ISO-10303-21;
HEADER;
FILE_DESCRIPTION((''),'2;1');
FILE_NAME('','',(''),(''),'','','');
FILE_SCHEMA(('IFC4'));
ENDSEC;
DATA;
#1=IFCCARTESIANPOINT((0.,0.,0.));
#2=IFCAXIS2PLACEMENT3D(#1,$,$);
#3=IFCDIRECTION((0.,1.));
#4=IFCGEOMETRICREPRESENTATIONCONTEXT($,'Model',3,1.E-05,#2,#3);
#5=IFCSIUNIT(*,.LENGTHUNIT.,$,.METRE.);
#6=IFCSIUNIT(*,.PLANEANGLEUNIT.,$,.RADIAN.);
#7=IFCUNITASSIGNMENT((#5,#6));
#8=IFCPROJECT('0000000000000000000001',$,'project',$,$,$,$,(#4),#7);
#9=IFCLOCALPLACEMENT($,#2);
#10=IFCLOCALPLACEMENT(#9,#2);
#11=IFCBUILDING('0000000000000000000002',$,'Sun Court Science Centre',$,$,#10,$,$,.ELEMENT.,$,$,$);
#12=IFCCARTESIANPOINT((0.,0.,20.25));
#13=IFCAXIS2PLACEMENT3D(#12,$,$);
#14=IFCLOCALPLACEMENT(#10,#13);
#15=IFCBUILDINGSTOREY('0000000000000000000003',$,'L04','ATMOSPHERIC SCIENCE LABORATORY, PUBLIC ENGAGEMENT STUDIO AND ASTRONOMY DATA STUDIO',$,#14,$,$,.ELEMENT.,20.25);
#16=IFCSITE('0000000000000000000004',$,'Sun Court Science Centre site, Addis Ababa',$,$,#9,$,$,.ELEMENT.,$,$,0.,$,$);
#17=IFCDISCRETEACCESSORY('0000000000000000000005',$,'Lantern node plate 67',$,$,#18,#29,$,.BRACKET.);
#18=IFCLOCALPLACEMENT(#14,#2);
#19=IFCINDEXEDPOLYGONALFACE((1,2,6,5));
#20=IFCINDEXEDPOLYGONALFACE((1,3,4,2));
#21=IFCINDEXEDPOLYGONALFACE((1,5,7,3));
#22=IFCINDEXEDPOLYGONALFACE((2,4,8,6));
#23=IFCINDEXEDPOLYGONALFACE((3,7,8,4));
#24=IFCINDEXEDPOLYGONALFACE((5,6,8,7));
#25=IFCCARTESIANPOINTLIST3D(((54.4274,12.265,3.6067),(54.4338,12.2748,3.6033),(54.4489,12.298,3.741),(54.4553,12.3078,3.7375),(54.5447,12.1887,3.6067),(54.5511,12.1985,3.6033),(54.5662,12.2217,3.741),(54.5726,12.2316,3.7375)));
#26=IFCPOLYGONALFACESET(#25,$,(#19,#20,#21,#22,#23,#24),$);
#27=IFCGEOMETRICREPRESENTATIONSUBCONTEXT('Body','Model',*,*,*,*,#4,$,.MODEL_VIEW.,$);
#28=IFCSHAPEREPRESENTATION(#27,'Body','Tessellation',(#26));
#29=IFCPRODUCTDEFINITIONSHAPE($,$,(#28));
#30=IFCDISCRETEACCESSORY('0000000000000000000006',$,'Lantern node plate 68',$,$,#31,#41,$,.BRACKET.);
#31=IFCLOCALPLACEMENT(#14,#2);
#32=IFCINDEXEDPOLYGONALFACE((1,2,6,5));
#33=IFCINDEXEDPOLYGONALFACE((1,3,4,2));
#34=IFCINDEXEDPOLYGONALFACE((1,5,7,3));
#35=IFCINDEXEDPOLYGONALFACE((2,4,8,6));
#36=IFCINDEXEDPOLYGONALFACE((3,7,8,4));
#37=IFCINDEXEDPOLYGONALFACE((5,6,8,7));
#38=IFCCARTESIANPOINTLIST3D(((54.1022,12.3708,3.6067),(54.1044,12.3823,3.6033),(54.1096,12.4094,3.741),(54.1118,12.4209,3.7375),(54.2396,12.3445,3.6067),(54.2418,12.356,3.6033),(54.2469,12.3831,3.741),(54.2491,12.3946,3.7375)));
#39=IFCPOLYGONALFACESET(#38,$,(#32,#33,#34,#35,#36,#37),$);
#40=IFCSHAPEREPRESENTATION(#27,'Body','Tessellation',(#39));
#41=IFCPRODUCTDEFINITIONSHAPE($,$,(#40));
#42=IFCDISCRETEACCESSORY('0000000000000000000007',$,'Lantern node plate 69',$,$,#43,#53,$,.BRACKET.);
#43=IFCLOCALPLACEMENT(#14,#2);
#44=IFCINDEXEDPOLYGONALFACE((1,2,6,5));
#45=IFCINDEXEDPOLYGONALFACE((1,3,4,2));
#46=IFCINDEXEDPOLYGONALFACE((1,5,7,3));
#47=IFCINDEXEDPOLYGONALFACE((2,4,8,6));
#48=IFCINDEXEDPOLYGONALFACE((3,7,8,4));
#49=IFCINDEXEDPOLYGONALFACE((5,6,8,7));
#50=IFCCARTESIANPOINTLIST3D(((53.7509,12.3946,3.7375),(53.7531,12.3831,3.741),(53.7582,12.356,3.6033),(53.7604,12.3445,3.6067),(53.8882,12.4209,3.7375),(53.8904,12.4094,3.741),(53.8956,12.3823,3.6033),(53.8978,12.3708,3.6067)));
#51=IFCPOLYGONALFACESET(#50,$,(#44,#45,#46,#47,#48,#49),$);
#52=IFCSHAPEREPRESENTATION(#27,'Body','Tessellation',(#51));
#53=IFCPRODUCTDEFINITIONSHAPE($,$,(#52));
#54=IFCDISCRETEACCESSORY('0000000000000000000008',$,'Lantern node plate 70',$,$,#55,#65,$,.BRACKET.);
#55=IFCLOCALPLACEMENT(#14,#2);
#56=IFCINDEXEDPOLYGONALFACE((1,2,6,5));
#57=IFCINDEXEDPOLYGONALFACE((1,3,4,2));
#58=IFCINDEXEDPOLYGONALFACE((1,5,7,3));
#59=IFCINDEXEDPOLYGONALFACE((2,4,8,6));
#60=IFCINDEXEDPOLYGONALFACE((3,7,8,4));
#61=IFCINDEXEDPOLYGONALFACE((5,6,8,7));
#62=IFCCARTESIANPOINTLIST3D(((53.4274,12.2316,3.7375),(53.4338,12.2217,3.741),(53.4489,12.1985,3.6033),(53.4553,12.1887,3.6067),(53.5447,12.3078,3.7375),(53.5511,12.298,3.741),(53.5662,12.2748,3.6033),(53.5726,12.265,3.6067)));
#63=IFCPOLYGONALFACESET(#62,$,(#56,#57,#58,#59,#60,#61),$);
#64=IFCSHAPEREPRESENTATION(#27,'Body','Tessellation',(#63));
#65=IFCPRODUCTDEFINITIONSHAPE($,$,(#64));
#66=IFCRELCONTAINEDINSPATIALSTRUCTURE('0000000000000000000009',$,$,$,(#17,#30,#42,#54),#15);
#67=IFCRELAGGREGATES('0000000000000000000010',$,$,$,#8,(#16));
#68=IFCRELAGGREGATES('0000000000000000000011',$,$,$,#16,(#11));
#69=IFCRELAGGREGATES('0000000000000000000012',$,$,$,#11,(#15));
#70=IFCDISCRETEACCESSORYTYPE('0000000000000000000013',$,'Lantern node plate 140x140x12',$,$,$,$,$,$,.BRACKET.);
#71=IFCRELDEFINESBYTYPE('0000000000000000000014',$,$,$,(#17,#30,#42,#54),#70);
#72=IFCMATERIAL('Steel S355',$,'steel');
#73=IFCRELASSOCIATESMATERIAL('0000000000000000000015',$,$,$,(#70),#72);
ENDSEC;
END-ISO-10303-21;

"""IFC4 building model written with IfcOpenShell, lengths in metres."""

from ifc_helpers import new_model, si_unit, direction, frame, origin, origin_2d, place, context, subcontext, project, spatial, rectangle, extrude, material, material_profile, profile_set, type_object, element, save


model = new_model("IFC4")

# Units and contexts
model_context = context("Model", 3, precision=1e-05, world=origin(), true_north=direction((0.0, 1.0)))
body_context = subcontext(model_context, "Body", "Model", "MODEL_VIEW")
ifc_project = project(units=[si_unit("LENGTHUNIT", "METRE"), si_unit("PLANEANGLEUNIT", "RADIAN")], contexts=[model_context])

# Site, building, storey
site_placement = place(None, origin())
site = spatial("IfcSite", under=ifc_project, at=site_placement, Name="Sun Court Science Centre site, Addis Ababa", CompositionType="ELEMENT", RefElevation=0.0)
building_placement = place(site_placement, origin())
building = spatial("IfcBuilding", under=site, at=building_placement, Name="Sun Court Science Centre", CompositionType="ELEMENT")
storey_placement = place(building_placement, frame((0.0, 0.0, 20.25)))
storey = spatial("IfcBuildingStorey", under=building, at=storey_placement, Name="L04", Description="ATMOSPHERIC SCIENCE LABORATORY, PUBLIC ENGAGEMENT STUDIO AND ASTRONOMY DATA STUDIO", CompositionType="ELEMENT", Elevation=20.25)

# Discrete accessories
ifc_material_1 = material(Name="Steel S355", Category="steel")
ifc_material_profile_1 = material_profile(ifc_material_1, rectangle(XDim=0.1399, YDim=0.1399, at=origin_2d()), Name="PL 140x140")
ifc_profile_set_1 = profile_set([ifc_material_profile_1], Name="Steel S355")
discrete_accessory_type_1 = type_object("IfcDiscreteAccessoryType", Name="Lantern node plate 140x140x12", PredefinedType="BRACKET", material=ifc_profile_set_1)
for number, where, z_axis, x_axis, name in (
    (1, (54.5032, 12.2532, 3.6704), (-0.522937, -0.804518, 0.281581), (0.838444, -0.544988, 0.0), "Lantern node plate 67"),
    (2, (54.1768, 12.3884, 3.6704), (-0.180506, -0.942643, 0.280787), (0.982155, -0.188072, 0.0), "Lantern node plate 68"),
    (3, (53.8232, 12.3884, 3.6704), (0.180506, -0.942643, 0.280787), (0.982155, 0.188072, 0.0), "Lantern node plate 69"),
    (4, (53.4968, 12.2532, 3.6704), (0.522937, -0.804518, 0.281581), (0.838444, 0.544988, 0.0), "Lantern node plate 70"),
):
    element("IfcDiscreteAccessory", number, at=place(storey_placement, frame(where, z_axis=z_axis, x_axis=x_axis)), inside=storey, type_object=discrete_accessory_type_1, Name=name, PredefinedType="BRACKET", context=body_context, shape_type="SweptSolid", body=[
        extrude(rectangle(XDim=0.1399, YDim=0.1399, at=origin_2d()), origin(), (0.0, 0.0, 1.0), 0.0122),
    ])

save(model, "model.ifc")
